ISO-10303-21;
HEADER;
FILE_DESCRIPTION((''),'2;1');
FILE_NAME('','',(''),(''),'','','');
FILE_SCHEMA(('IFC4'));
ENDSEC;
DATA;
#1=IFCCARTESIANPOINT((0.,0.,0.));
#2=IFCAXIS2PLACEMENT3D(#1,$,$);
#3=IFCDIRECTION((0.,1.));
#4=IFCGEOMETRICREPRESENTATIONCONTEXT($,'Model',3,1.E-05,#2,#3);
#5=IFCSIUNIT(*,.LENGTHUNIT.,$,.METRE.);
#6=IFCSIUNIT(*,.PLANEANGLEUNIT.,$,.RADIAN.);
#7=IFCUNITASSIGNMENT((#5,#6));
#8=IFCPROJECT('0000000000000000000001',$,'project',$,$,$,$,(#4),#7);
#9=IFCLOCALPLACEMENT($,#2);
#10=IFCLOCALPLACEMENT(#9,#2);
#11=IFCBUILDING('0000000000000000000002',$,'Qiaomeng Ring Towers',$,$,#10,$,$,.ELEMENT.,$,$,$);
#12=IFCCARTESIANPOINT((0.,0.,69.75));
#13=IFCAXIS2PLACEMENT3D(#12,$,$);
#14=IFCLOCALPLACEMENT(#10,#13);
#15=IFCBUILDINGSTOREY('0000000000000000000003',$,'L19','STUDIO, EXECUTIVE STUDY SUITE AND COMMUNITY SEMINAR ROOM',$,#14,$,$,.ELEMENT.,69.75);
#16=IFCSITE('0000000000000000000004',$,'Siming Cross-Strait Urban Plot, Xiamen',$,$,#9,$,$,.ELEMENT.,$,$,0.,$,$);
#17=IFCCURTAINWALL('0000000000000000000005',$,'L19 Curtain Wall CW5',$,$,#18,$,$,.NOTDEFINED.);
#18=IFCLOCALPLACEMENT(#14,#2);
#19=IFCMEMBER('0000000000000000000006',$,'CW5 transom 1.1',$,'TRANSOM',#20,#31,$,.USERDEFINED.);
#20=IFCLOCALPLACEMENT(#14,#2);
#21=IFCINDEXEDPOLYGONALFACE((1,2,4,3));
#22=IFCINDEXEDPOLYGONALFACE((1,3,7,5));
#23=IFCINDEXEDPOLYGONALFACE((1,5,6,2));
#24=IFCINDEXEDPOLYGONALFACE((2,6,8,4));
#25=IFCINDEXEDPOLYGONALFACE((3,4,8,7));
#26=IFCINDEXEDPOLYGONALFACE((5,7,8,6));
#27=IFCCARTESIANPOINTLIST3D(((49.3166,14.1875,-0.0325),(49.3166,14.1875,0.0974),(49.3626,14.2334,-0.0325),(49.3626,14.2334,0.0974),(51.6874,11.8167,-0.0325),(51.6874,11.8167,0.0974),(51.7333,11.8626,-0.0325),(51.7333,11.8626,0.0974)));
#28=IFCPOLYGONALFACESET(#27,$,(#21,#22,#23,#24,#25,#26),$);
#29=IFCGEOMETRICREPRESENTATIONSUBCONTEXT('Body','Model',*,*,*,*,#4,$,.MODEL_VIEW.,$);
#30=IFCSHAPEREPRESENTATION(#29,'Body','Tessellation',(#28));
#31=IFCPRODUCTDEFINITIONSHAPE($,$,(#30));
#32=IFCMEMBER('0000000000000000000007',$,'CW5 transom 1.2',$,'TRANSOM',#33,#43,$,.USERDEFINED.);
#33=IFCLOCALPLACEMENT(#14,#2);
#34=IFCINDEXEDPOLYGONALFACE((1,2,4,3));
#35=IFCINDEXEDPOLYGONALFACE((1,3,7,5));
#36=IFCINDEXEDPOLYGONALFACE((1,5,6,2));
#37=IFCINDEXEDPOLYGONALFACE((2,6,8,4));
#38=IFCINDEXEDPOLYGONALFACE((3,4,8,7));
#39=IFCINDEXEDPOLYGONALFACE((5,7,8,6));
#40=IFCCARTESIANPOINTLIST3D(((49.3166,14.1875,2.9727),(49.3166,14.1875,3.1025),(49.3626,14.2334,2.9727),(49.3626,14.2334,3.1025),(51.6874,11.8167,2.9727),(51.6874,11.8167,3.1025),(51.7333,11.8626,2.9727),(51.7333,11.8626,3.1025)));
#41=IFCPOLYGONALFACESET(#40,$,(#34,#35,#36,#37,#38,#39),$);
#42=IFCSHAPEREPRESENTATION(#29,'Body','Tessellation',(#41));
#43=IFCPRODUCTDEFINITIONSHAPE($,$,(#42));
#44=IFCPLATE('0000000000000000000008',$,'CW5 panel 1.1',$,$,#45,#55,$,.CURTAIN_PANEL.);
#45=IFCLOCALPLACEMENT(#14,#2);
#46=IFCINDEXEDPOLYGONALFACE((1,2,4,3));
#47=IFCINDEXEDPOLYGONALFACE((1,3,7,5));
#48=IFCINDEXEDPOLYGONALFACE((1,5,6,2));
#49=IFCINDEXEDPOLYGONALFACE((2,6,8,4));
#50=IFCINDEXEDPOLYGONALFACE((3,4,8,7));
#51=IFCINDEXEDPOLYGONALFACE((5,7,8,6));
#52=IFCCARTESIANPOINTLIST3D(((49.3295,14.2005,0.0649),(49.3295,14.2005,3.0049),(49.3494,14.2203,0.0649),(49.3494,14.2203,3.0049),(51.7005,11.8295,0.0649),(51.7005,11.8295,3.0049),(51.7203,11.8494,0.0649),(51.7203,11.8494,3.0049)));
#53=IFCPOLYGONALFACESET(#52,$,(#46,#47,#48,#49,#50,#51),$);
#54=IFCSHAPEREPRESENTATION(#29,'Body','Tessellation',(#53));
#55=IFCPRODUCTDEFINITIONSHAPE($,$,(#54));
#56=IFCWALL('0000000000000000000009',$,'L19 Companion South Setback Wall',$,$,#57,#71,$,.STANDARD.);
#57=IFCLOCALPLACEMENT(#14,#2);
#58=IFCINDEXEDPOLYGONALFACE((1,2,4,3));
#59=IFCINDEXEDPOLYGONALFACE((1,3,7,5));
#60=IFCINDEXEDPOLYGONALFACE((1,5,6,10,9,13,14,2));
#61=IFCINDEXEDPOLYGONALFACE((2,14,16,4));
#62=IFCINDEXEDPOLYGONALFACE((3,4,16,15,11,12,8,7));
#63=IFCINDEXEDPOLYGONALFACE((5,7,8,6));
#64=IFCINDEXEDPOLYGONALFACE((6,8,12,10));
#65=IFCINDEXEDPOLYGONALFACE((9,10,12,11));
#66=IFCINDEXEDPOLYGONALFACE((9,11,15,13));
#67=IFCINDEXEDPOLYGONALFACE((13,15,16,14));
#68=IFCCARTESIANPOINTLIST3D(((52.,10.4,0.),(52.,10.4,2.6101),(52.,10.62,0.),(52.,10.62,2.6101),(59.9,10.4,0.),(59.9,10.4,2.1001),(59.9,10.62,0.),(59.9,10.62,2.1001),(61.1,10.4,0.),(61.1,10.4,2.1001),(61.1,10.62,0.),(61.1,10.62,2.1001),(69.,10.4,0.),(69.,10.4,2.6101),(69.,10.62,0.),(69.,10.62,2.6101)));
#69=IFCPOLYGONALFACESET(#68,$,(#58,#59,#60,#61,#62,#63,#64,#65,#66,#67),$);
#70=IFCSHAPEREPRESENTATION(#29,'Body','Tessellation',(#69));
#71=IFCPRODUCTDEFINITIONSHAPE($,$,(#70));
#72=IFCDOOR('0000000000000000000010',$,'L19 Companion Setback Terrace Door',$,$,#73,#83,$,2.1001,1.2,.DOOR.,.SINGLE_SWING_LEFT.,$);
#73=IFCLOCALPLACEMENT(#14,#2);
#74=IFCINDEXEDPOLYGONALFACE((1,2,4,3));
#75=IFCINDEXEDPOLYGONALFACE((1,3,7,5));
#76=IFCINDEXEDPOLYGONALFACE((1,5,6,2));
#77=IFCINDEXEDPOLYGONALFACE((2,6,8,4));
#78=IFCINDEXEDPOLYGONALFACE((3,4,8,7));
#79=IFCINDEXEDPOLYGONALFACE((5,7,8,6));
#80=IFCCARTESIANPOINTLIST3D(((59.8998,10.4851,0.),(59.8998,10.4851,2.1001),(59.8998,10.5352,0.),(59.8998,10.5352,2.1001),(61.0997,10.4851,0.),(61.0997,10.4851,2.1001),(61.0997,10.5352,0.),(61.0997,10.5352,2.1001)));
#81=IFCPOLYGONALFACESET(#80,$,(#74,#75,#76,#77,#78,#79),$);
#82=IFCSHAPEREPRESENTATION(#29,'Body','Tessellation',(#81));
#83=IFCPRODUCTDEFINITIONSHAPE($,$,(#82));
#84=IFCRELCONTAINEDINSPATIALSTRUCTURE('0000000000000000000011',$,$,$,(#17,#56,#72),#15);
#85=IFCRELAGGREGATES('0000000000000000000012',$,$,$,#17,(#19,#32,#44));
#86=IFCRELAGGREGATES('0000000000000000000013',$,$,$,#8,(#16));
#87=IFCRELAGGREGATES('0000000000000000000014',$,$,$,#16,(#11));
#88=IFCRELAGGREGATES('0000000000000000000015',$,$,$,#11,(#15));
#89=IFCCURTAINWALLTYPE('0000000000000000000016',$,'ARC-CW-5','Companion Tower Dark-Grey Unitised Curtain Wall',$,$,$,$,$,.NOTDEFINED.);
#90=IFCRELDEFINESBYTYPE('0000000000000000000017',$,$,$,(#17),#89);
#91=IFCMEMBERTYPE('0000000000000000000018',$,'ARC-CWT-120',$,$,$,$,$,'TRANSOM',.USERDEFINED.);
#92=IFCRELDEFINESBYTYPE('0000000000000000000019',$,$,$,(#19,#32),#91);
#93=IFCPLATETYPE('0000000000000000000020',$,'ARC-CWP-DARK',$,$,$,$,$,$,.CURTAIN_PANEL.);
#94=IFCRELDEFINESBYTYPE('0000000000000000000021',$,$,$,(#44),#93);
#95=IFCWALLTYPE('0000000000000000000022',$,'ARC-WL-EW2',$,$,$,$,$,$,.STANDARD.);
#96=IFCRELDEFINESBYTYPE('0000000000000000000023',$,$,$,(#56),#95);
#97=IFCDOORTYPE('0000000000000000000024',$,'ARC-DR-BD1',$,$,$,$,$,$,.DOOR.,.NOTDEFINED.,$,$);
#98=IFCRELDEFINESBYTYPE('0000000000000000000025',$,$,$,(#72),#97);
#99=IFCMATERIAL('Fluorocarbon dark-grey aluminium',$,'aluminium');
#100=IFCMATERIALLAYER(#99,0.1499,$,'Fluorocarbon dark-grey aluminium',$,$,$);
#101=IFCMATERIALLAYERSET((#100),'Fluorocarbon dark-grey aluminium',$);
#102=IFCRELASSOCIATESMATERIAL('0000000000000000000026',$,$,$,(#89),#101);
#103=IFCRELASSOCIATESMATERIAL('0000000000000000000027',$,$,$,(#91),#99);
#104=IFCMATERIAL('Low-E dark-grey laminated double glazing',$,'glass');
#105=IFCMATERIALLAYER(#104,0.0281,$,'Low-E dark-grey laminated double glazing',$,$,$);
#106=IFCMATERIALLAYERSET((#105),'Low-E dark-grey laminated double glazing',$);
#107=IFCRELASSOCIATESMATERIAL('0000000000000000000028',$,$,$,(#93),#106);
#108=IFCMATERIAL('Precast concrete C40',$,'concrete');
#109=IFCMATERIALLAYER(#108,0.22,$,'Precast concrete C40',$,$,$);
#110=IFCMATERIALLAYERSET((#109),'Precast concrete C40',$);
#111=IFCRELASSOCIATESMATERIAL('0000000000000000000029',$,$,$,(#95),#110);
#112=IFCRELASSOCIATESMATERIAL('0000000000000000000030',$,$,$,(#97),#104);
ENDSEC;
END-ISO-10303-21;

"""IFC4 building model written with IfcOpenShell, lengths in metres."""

from ifc_helpers import new_model, si_unit, direction, frame, frame_2d, origin, origin_2d, place, context, subcontext, project, spatial, rectangle, extrude, source, transform, mapped, material, layer, layer_set, material_profile, profile_set, type_object, element, fill, aggregate, save


model = new_model("IFC4")

# Units and contexts
model_context = context("Model", 3, precision=1e-05, world=origin(), true_north=direction((0.0, 1.0)))
body_context = subcontext(model_context, "Body", "Model", "MODEL_VIEW")
ifc_project = project(units=[si_unit("LENGTHUNIT", "METRE"), si_unit("PLANEANGLEUNIT", "RADIAN")], contexts=[model_context])

# Site, building, storey
site_placement = place(None, origin())
site = spatial("IfcSite", under=ifc_project, at=site_placement, Name="Siming Cross-Strait Urban Plot, Xiamen", CompositionType="ELEMENT", RefElevation=0.0)
building_placement = place(site_placement, origin())
building = spatial("IfcBuilding", under=site, at=building_placement, Name="Qiaomeng Ring Towers", CompositionType="ELEMENT")
storey_placement = place(building_placement, frame((0.0, 0.0, 69.75)))
storey = spatial("IfcBuildingStorey", under=building, at=storey_placement, Name="L19", Description="STUDIO, EXECUTIVE STUDY SUITE AND COMMUNITY SEMINAR ROOM", CompositionType="ELEMENT", Elevation=69.75)

# Curtain wall, members, plate
ifc_material_1 = material(Name="Fluorocarbon dark-grey aluminium", Category="aluminium")
ifc_layer_1 = layer(ifc_material_1, 0.1499, Name="Fluorocarbon dark-grey aluminium")
ifc_layer_set_1 = layer_set([ifc_layer_1], Name="Fluorocarbon dark-grey aluminium")
curtain_wall_type = type_object("IfcCurtainWallType", Name="ARC-CW-5", Description="Companion Tower Dark-Grey Unitised Curtain Wall", PredefinedType="NOTDEFINED", material=ifc_layer_set_1)
curtain_wall_placement = place(storey_placement, origin())
curtain_wall = element("IfcCurtainWall", 1, at=curtain_wall_placement, inside=storey, type_object=curtain_wall_type, Name="L19 Curtain Wall CW5", PredefinedType="NOTDEFINED")
ifc_material_profile_1 = material_profile(ifc_material_1, rectangle(XDim=0.0649, YDim=0.1299, at=origin_2d()), Name="ALU TRAN 65x130")
ifc_profile_set_1 = profile_set([ifc_material_profile_1], Name="Fluorocarbon dark-grey aluminium")
member_type_1 = type_object("IfcMemberType", Name="ARC-CWT-120", ElementType="TRANSOM", PredefinedType="USERDEFINED", material=ifc_profile_set_1)
shared_shape_1 = source(origin(), body_context, "Body", "SweptSolid", [
    extrude(rectangle(XDim=0.0649, YDim=0.1299, at=origin_2d()), origin(), (0.0, 0.0, 1.0), 3.3528),
])
member_1_placement = place(storey_placement, frame((49.3396, 14.2104, 0.0325), z_axis=(0.707107, -0.707107, 0.0), x_axis=(0.707107, 0.707107, 0.0)))
member_1 = element("IfcMember", 2, at=member_1_placement, type_object=member_type_1, Name="CW5 transom 1.1", ObjectType="TRANSOM", PredefinedType="USERDEFINED", context=body_context, shape_type="MappedRepresentation", body=[
    mapped(shared_shape_1, transform((0.0, 0.0, 0.0), x_axis=(1.0, 0.0, 0.0), y_axis=(0.0, 1.0, 0.0), z_axis=(0.0, 0.0, 1.0), scale=1.0)),
])
member_2_placement = place(storey_placement, frame((49.3396, 14.2104, 3.0376), z_axis=(0.707107, -0.707107, 0.0), x_axis=(0.707107, 0.707107, 0.0)))
member_2 = element("IfcMember", 3, at=member_2_placement, type_object=member_type_1, Name="CW5 transom 1.2", ObjectType="TRANSOM", PredefinedType="USERDEFINED", context=body_context, shape_type="MappedRepresentation", body=[
    mapped(shared_shape_1, transform((0.0, 0.0, 0.0), x_axis=(1.0, 0.0, 0.0), y_axis=(0.0, 1.0, 0.0), z_axis=(0.0, 0.0, 1.0), scale=1.0)),
])
ifc_material_2 = material(Name="Low-E dark-grey laminated double glazing", Category="glass")
ifc_layer_2 = layer(ifc_material_2, 0.0281, Name="Low-E dark-grey laminated double glazing")
ifc_layer_set_2 = layer_set([ifc_layer_2], Name="Low-E dark-grey laminated double glazing")
plate_type = type_object("IfcPlateType", Name="ARC-CWP-DARK", PredefinedType="CURTAIN_PANEL", material=ifc_layer_set_2)
shared_shape_2 = source(origin(), body_context, "Body", "SweptSolid", [
    extrude(rectangle(XDim=3.353, YDim=0.0281, at=origin_2d()), origin(), (0.0, 0.0, 1.0), 2.9399),
])
plate_placement = place(storey_placement, frame((50.5249, 13.0249, 0.0649), z_axis=(0.0, 0.0, 1.0), x_axis=(0.707107, -0.707107, 0.0)))
plate = element("IfcPlate", 4, at=plate_placement, type_object=plate_type, Name="CW5 panel 1.1", PredefinedType="CURTAIN_PANEL", context=body_context, shape_type="MappedRepresentation", body=[
    mapped(shared_shape_2, transform((0.0, 0.0, 0.0), x_axis=(1.0, 0.0, 0.0), y_axis=(0.0, 1.0, 0.0), z_axis=(0.0, 0.0, 1.0), scale=1.0)),
])
aggregate(curtain_wall, [member_1, member_2, plate])

# Wall, opening, door
ifc_material_3 = material(Name="Precast concrete C40", Category="concrete")
ifc_layer_3 = layer(ifc_material_3, 0.22, Name="Precast concrete C40")
ifc_layer_set_3 = layer_set([ifc_layer_3], Name="Precast concrete C40")
wall_type_1 = type_object("IfcWallType", Name="ARC-WL-EW2", PredefinedType="STANDARD", material=ifc_layer_set_3)
wall_1_placement = place(storey_placement, frame((52.0, 10.51, 0.0), z_axis=(0.0, 0.0, 1.0), x_axis=(1.0, 0.0, 0.0)))
wall_1 = element("IfcWall", 5, at=wall_1_placement, inside=storey, type_object=wall_type_1, Name="L19 Companion South Setback Wall", PredefinedType="STANDARD", context=body_context, shape_type="SweptSolid", body=[
    extrude(rectangle(XDim=17.0, YDim=0.22, at=frame_2d((8.5, 0.0))), origin(), (0.0, 0.0, 1.0), 2.6101),
])
opening_1_placement = place(wall_1_placement, frame((7.8999, 0.0, 0.0)))
opening_1 = element("IfcOpeningElement", 6, at=opening_1_placement, cuts=wall_1, PredefinedType="OPENING", context=body_context, shape_type="SweptSolid", body=[
    extrude(rectangle(XDim=1.2, YDim=2.1001, at=frame_2d((0.6001, 1.05))), frame((0.0, 0.1199, 0.0), z_axis=(0.0, -1.0, 0.0), x_axis=(1.0, 0.0, 0.0)), (0.0, 0.0, 1.0), 0.24),
])
door_type_1 = type_object("IfcDoorType", Name="ARC-DR-BD1", OperationType="NOTDEFINED", PredefinedType="DOOR", material=ifc_material_2)
shared_shape_3 = source(origin(), body_context, "Body", "SweptSolid", [
    extrude(rectangle(XDim=1.2, YDim=2.1001, at=frame_2d((0.6001, 1.05))), frame((0.0, 0.0249, 0.0), z_axis=(0.0, -1.0, 0.0), x_axis=(1.0, 0.0, 0.0)), (0.0, 0.0, 1.0), 0.05),
])
door_1_placement = place(opening_1_placement, frame((1.2, 0.0, 0.0), z_axis=(0.0, 0.0, 1.0), x_axis=(-1.0, 0.0, 0.0)))
door_1 = element("IfcDoor", 7, at=door_1_placement, inside=storey, type_object=door_type_1, Name="L19 Companion Setback Terrace Door", OperationType="SINGLE_SWING_LEFT", OverallHeight=2.1001, OverallWidth=1.2, PredefinedType="DOOR", context=body_context, shape_type="MappedRepresentation", body=[
    mapped(shared_shape_3, transform((0.0, 0.0, 0.0), x_axis=(1.0, 0.0, 0.0), y_axis=(0.0, 1.0, 0.0), z_axis=(0.0, 0.0, 1.0), scale=1.0)),
])
fill(opening_1, door_1)

save(model, "model.ifc")
